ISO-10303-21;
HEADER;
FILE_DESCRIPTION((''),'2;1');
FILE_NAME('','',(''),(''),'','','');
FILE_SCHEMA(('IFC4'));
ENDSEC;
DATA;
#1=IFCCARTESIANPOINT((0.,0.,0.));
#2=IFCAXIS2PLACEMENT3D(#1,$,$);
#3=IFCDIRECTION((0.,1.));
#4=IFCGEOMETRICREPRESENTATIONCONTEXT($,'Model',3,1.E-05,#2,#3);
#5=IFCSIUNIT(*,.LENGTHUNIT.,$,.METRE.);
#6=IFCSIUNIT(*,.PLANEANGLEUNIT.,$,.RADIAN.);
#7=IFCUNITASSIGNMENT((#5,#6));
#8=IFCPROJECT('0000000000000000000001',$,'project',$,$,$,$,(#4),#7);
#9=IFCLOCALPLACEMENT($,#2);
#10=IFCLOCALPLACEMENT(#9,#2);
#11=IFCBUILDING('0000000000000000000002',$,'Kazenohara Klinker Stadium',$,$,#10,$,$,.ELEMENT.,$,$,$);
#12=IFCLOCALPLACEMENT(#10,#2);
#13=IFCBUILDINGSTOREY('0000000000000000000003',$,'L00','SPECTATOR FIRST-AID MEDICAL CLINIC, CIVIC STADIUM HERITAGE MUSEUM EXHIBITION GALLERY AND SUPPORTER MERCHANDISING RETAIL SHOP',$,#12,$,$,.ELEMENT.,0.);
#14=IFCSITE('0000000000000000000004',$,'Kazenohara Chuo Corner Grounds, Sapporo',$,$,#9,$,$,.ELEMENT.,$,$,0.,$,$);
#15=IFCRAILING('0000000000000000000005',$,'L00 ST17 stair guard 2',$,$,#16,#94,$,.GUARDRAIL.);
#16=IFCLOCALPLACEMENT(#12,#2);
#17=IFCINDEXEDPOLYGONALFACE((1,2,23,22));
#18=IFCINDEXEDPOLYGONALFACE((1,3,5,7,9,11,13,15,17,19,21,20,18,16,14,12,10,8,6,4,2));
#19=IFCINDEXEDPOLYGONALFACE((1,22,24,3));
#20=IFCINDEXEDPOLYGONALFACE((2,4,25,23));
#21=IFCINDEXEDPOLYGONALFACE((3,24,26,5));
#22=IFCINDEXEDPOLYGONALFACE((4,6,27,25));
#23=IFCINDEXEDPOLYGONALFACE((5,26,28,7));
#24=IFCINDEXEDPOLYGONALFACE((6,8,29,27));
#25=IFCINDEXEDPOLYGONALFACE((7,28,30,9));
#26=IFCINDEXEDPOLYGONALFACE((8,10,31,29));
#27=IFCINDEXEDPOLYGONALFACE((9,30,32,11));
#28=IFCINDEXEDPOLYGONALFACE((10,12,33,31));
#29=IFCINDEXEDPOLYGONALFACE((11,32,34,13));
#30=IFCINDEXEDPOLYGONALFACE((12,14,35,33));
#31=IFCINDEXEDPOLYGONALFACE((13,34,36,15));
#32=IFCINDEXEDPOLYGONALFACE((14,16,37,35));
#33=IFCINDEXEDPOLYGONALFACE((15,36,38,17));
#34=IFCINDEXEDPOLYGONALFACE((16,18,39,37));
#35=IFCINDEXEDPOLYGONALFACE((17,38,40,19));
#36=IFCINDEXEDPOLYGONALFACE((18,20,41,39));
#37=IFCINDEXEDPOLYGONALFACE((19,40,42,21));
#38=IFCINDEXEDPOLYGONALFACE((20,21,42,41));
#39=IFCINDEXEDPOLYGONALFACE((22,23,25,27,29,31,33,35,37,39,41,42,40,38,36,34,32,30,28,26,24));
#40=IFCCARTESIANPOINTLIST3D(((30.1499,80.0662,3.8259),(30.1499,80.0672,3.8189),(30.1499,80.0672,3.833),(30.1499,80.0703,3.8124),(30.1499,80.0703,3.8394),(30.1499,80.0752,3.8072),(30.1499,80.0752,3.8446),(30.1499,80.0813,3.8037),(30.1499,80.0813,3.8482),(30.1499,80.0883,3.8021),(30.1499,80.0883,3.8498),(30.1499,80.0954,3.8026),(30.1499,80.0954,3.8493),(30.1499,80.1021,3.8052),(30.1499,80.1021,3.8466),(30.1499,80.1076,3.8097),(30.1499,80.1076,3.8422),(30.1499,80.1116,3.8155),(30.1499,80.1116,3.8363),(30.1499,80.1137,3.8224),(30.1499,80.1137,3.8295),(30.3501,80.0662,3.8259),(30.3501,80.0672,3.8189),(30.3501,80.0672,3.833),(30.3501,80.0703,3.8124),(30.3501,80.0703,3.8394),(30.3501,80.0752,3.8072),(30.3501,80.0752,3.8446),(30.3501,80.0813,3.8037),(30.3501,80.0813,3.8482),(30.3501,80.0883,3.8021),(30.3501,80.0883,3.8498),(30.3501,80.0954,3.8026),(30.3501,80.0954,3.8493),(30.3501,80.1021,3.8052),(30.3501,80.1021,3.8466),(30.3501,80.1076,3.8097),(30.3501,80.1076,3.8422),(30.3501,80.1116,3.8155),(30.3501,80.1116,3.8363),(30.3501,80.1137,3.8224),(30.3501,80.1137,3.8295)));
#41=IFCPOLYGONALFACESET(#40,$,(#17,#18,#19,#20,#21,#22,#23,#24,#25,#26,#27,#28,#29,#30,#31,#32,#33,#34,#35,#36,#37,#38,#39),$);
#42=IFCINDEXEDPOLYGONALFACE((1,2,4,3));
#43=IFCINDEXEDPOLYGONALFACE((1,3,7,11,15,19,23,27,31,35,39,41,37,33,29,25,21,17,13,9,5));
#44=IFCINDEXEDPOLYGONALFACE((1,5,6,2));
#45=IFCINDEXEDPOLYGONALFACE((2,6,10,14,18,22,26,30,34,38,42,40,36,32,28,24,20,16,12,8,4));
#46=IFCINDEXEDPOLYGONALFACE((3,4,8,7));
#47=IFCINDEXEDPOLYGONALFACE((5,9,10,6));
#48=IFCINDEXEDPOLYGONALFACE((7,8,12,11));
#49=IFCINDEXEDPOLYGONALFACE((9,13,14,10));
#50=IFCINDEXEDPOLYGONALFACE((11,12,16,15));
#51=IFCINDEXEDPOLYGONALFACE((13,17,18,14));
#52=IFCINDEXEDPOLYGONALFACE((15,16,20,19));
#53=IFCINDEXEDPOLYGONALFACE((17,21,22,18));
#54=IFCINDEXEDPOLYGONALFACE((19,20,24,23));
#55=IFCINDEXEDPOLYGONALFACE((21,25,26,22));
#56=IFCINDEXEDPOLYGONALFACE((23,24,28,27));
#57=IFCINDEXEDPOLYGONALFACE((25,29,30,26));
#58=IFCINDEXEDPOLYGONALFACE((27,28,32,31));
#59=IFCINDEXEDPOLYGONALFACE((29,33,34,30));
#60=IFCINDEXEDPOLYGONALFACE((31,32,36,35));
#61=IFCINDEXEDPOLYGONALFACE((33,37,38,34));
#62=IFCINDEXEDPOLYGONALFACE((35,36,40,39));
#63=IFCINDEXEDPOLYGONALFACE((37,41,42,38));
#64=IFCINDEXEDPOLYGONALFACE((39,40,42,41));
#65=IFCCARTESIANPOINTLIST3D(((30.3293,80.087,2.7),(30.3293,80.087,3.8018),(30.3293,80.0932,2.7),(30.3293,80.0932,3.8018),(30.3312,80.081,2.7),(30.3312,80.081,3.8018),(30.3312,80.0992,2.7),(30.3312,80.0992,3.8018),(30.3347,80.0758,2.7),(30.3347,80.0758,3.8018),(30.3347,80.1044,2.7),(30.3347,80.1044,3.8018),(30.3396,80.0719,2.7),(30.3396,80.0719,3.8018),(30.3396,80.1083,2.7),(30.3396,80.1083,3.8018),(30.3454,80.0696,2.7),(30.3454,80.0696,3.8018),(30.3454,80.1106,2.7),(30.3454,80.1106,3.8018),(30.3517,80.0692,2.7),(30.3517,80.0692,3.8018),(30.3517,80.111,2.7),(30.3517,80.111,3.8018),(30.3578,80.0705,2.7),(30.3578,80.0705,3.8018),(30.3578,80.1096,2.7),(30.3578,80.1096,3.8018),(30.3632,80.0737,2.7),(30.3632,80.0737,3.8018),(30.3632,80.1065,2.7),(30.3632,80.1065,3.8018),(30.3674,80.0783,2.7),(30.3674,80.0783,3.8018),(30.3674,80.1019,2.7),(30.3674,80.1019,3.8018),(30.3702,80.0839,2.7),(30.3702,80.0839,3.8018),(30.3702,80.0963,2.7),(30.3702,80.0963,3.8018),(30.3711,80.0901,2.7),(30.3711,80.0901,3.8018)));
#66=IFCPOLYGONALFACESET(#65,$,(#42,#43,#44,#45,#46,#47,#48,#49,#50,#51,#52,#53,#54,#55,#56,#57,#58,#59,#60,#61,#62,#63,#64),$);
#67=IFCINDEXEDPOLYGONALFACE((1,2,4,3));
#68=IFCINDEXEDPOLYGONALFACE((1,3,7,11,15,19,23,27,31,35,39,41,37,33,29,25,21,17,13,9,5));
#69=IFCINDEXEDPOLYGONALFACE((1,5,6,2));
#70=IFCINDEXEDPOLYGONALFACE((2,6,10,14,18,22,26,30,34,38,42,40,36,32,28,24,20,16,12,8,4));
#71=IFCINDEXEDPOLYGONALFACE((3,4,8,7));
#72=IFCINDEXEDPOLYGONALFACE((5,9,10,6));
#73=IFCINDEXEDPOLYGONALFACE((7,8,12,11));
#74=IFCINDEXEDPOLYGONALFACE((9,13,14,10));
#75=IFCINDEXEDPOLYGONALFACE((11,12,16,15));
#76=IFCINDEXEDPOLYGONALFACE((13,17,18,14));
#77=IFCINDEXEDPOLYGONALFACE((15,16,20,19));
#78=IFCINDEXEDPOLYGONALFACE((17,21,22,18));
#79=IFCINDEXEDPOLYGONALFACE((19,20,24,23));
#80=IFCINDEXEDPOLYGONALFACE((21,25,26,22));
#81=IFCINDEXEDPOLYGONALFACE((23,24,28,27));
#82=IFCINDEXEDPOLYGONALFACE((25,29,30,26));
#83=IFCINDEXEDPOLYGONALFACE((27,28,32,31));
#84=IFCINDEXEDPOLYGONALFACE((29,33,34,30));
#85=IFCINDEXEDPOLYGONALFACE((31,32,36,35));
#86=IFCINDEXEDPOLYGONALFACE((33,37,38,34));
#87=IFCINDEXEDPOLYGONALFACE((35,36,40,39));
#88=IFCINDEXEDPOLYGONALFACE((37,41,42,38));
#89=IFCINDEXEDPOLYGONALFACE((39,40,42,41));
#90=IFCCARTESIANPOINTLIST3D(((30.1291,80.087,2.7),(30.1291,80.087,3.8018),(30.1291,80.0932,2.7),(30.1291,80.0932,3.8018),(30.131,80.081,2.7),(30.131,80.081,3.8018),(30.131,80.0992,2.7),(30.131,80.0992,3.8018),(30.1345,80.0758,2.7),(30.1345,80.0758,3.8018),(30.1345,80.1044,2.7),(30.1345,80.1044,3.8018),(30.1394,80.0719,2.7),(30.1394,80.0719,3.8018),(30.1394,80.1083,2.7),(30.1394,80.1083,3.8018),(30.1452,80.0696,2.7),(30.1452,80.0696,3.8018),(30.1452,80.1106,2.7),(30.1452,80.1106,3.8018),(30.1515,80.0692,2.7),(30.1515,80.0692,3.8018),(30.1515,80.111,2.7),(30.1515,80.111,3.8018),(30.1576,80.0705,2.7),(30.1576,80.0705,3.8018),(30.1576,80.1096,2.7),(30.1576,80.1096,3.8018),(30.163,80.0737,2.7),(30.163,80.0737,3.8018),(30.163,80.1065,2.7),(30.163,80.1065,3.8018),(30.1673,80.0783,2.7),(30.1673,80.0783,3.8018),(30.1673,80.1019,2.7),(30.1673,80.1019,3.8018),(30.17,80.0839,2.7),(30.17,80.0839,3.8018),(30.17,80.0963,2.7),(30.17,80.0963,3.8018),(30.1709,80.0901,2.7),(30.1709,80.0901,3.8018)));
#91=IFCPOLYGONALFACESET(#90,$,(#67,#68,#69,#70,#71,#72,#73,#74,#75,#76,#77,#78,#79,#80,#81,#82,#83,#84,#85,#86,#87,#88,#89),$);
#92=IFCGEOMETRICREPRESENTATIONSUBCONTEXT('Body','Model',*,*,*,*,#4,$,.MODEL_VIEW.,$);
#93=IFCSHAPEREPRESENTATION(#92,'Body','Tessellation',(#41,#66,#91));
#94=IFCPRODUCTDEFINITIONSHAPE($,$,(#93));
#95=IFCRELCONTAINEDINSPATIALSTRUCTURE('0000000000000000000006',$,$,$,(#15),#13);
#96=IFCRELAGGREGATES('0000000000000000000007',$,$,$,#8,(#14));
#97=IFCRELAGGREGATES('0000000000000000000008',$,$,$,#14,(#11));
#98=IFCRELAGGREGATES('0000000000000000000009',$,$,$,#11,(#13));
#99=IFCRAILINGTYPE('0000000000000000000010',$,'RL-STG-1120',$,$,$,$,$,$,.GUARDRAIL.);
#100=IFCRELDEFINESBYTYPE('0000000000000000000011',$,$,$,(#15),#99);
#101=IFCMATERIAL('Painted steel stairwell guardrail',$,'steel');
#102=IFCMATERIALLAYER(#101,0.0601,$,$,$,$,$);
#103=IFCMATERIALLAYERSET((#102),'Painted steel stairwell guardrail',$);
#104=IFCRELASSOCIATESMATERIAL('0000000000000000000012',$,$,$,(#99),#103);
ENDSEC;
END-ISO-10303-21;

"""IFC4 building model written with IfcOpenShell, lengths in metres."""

from ifc_helpers import new_model, si_unit, direction, frame, origin, origin_2d, place, context, subcontext, project, spatial, circle, extrude, material, layer, layer_set, type_object, element, save


model = new_model("IFC4")

# Units and contexts
model_context = context("Model", 3, precision=1e-05, world=origin(), true_north=direction((0.0, 1.0)))
body_context = subcontext(model_context, "Body", "Model", "MODEL_VIEW")
ifc_project = project(units=[si_unit("LENGTHUNIT", "METRE"), si_unit("PLANEANGLEUNIT", "RADIAN")], contexts=[model_context])

# Site, building, storey
site_placement = place(None, origin())
site = spatial("IfcSite", under=ifc_project, at=site_placement, Name="Kazenohara Chuo Corner Grounds, Sapporo", CompositionType="ELEMENT", RefElevation=0.0)
building_placement = place(site_placement, origin())
building = spatial("IfcBuilding", under=site, at=building_placement, Name="Kazenohara Klinker Stadium", CompositionType="ELEMENT")
storey_placement = place(building_placement, origin())
storey = spatial("IfcBuildingStorey", under=building, at=storey_placement, Name="L00", Description="SPECTATOR FIRST-AID MEDICAL CLINIC, CIVIC STADIUM HERITAGE MUSEUM EXHIBITION GALLERY AND SUPPORTER MERCHANDISING RETAIL SHOP", CompositionType="ELEMENT", Elevation=0.0)

# Railing
ifc_material_1 = material(Name="Painted steel stairwell guardrail", Category="steel")
ifc_layer_1 = layer(ifc_material_1, 0.0601)
ifc_layer_set_1 = layer_set([ifc_layer_1], Name="Painted steel stairwell guardrail")
railing_type_1 = type_object("IfcRailingType", Name="RL-STG-1120", PredefinedType="GUARDRAIL", material=ifc_layer_set_1)
railing_1_placement = place(storey_placement, frame((30.3501, 80.0901, 2.7)))
element("IfcRailing", 1, at=railing_1_placement, inside=storey, type_object=railing_type_1, Name="L00 ST17 stair guard 2", PredefinedType="GUARDRAIL", context=body_context, shape_type="SweptSolid", body=[
    extrude(circle(Radius=0.0239, at=origin_2d()), frame((0.0, 0.0, 1.126), z_axis=(-1.0, 0.0, 0.0), x_axis=(0.0, -1.0, 0.0)), (0.0, 0.0, 1.0), 0.2002),
    extrude(circle(Radius=0.021, at=origin_2d()), origin(), (0.0, 0.0, 1.0), 1.1018),
    extrude(circle(Radius=0.021, at=origin_2d()), frame((-0.2002, 0.0, 0.0)), (0.0, 0.0, 1.0), 1.1018),
])

save(model, "model.ifc")
